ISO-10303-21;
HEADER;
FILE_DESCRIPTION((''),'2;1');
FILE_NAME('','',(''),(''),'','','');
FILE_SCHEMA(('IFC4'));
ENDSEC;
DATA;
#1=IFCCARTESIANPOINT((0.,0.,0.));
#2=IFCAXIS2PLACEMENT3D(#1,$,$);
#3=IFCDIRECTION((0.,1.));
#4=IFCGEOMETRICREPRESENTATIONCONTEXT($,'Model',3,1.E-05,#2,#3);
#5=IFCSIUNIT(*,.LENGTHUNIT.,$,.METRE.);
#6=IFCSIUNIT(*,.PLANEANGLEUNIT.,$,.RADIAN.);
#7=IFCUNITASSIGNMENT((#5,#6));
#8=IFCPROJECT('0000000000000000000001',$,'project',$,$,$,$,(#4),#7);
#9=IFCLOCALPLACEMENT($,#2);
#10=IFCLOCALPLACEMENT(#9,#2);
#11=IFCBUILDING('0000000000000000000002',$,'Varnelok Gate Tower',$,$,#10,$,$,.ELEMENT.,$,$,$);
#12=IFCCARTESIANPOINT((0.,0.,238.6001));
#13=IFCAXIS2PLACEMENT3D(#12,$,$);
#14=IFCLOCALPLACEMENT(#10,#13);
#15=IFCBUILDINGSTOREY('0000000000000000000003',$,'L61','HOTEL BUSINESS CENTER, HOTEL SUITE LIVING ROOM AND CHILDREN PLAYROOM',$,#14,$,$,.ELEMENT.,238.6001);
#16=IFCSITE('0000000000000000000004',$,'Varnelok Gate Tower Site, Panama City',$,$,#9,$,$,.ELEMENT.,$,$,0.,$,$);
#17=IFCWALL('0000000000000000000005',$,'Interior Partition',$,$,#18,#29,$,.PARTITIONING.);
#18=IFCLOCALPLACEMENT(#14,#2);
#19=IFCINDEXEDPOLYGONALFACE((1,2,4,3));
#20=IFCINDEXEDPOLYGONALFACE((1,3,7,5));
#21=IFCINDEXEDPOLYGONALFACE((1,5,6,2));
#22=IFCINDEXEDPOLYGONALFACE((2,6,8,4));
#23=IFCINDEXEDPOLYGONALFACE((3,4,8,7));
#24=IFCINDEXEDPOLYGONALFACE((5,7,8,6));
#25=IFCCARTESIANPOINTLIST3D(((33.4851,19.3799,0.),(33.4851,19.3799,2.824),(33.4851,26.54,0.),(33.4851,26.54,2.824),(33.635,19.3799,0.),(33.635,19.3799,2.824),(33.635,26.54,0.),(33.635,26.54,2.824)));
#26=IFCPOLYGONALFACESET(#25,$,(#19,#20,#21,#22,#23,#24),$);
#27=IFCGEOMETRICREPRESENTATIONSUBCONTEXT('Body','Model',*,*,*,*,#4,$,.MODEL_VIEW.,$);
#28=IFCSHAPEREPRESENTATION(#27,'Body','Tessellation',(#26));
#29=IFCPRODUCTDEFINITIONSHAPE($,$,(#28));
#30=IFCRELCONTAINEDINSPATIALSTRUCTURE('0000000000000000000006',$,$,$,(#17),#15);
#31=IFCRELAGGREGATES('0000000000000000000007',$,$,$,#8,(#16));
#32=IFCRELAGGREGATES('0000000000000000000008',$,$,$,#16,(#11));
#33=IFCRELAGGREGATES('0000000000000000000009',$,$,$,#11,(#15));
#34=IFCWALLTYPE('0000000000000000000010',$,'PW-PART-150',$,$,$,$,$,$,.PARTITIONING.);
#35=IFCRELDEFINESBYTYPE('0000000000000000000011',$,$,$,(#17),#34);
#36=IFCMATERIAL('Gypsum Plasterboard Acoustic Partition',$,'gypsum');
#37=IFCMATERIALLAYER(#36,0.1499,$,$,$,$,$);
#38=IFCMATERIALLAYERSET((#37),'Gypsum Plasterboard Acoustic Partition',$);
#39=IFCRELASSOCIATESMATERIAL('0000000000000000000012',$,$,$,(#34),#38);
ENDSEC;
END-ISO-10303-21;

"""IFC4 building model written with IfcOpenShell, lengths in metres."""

from ifc_helpers import new_model, si_unit, direction, frame, frame_2d, origin, place, context, subcontext, project, spatial, rectangle, extrude, material, layer, layer_set, type_object, element, save


model = new_model("IFC4")

# Units and contexts
model_context = context("Model", 3, precision=1e-05, world=origin(), true_north=direction((0.0, 1.0)))
body_context = subcontext(model_context, "Body", "Model", "MODEL_VIEW")
ifc_project = project(units=[si_unit("LENGTHUNIT", "METRE"), si_unit("PLANEANGLEUNIT", "RADIAN")], contexts=[model_context])

# Site, building, storey
site_placement = place(None, origin())
site = spatial("IfcSite", under=ifc_project, at=site_placement, Name="Varnelok Gate Tower Site, Panama City", CompositionType="ELEMENT", RefElevation=0.0)
building_placement = place(site_placement, origin())
building = spatial("IfcBuilding", under=site, at=building_placement, Name="Varnelok Gate Tower", CompositionType="ELEMENT")
storey_placement = place(building_placement, frame((0.0, 0.0, 238.6001)))
storey = spatial("IfcBuildingStorey", under=building, at=storey_placement, Name="L61", Description="HOTEL BUSINESS CENTER, HOTEL SUITE LIVING ROOM AND CHILDREN PLAYROOM", CompositionType="ELEMENT", Elevation=238.6001)

# Shared definitions
ifc_material_1 = material(Name="Gypsum Plasterboard Acoustic Partition", Category="gypsum")

# Shared definitions
ifc_layer_1 = layer(ifc_material_1, 0.1499)
ifc_layer_set_1 = layer_set([ifc_layer_1], Name="Gypsum Plasterboard Acoustic Partition")
wall_type_1 = type_object("IfcWallType", Name="PW-PART-150", PredefinedType="PARTITIONING", material=ifc_layer_set_1)

# Wall
wall_1_placement = place(storey_placement, frame((33.5601, 19.3799, 0.0), z_axis=(0.0, 0.0, 1.0), x_axis=(0.0, 1.0, 0.0)))
element("IfcWall", 1, at=wall_1_placement, inside=storey, type_object=wall_type_1, Name="Interior Partition", PredefinedType="PARTITIONING", context=body_context, shape_type="SweptSolid", body=[
    extrude(rectangle(XDim=7.1602, YDim=0.1499, at=frame_2d((3.5801, 0.0))), origin(), (0.0, 0.0, 1.0), 2.824),
])

save(model, "model.ifc")
